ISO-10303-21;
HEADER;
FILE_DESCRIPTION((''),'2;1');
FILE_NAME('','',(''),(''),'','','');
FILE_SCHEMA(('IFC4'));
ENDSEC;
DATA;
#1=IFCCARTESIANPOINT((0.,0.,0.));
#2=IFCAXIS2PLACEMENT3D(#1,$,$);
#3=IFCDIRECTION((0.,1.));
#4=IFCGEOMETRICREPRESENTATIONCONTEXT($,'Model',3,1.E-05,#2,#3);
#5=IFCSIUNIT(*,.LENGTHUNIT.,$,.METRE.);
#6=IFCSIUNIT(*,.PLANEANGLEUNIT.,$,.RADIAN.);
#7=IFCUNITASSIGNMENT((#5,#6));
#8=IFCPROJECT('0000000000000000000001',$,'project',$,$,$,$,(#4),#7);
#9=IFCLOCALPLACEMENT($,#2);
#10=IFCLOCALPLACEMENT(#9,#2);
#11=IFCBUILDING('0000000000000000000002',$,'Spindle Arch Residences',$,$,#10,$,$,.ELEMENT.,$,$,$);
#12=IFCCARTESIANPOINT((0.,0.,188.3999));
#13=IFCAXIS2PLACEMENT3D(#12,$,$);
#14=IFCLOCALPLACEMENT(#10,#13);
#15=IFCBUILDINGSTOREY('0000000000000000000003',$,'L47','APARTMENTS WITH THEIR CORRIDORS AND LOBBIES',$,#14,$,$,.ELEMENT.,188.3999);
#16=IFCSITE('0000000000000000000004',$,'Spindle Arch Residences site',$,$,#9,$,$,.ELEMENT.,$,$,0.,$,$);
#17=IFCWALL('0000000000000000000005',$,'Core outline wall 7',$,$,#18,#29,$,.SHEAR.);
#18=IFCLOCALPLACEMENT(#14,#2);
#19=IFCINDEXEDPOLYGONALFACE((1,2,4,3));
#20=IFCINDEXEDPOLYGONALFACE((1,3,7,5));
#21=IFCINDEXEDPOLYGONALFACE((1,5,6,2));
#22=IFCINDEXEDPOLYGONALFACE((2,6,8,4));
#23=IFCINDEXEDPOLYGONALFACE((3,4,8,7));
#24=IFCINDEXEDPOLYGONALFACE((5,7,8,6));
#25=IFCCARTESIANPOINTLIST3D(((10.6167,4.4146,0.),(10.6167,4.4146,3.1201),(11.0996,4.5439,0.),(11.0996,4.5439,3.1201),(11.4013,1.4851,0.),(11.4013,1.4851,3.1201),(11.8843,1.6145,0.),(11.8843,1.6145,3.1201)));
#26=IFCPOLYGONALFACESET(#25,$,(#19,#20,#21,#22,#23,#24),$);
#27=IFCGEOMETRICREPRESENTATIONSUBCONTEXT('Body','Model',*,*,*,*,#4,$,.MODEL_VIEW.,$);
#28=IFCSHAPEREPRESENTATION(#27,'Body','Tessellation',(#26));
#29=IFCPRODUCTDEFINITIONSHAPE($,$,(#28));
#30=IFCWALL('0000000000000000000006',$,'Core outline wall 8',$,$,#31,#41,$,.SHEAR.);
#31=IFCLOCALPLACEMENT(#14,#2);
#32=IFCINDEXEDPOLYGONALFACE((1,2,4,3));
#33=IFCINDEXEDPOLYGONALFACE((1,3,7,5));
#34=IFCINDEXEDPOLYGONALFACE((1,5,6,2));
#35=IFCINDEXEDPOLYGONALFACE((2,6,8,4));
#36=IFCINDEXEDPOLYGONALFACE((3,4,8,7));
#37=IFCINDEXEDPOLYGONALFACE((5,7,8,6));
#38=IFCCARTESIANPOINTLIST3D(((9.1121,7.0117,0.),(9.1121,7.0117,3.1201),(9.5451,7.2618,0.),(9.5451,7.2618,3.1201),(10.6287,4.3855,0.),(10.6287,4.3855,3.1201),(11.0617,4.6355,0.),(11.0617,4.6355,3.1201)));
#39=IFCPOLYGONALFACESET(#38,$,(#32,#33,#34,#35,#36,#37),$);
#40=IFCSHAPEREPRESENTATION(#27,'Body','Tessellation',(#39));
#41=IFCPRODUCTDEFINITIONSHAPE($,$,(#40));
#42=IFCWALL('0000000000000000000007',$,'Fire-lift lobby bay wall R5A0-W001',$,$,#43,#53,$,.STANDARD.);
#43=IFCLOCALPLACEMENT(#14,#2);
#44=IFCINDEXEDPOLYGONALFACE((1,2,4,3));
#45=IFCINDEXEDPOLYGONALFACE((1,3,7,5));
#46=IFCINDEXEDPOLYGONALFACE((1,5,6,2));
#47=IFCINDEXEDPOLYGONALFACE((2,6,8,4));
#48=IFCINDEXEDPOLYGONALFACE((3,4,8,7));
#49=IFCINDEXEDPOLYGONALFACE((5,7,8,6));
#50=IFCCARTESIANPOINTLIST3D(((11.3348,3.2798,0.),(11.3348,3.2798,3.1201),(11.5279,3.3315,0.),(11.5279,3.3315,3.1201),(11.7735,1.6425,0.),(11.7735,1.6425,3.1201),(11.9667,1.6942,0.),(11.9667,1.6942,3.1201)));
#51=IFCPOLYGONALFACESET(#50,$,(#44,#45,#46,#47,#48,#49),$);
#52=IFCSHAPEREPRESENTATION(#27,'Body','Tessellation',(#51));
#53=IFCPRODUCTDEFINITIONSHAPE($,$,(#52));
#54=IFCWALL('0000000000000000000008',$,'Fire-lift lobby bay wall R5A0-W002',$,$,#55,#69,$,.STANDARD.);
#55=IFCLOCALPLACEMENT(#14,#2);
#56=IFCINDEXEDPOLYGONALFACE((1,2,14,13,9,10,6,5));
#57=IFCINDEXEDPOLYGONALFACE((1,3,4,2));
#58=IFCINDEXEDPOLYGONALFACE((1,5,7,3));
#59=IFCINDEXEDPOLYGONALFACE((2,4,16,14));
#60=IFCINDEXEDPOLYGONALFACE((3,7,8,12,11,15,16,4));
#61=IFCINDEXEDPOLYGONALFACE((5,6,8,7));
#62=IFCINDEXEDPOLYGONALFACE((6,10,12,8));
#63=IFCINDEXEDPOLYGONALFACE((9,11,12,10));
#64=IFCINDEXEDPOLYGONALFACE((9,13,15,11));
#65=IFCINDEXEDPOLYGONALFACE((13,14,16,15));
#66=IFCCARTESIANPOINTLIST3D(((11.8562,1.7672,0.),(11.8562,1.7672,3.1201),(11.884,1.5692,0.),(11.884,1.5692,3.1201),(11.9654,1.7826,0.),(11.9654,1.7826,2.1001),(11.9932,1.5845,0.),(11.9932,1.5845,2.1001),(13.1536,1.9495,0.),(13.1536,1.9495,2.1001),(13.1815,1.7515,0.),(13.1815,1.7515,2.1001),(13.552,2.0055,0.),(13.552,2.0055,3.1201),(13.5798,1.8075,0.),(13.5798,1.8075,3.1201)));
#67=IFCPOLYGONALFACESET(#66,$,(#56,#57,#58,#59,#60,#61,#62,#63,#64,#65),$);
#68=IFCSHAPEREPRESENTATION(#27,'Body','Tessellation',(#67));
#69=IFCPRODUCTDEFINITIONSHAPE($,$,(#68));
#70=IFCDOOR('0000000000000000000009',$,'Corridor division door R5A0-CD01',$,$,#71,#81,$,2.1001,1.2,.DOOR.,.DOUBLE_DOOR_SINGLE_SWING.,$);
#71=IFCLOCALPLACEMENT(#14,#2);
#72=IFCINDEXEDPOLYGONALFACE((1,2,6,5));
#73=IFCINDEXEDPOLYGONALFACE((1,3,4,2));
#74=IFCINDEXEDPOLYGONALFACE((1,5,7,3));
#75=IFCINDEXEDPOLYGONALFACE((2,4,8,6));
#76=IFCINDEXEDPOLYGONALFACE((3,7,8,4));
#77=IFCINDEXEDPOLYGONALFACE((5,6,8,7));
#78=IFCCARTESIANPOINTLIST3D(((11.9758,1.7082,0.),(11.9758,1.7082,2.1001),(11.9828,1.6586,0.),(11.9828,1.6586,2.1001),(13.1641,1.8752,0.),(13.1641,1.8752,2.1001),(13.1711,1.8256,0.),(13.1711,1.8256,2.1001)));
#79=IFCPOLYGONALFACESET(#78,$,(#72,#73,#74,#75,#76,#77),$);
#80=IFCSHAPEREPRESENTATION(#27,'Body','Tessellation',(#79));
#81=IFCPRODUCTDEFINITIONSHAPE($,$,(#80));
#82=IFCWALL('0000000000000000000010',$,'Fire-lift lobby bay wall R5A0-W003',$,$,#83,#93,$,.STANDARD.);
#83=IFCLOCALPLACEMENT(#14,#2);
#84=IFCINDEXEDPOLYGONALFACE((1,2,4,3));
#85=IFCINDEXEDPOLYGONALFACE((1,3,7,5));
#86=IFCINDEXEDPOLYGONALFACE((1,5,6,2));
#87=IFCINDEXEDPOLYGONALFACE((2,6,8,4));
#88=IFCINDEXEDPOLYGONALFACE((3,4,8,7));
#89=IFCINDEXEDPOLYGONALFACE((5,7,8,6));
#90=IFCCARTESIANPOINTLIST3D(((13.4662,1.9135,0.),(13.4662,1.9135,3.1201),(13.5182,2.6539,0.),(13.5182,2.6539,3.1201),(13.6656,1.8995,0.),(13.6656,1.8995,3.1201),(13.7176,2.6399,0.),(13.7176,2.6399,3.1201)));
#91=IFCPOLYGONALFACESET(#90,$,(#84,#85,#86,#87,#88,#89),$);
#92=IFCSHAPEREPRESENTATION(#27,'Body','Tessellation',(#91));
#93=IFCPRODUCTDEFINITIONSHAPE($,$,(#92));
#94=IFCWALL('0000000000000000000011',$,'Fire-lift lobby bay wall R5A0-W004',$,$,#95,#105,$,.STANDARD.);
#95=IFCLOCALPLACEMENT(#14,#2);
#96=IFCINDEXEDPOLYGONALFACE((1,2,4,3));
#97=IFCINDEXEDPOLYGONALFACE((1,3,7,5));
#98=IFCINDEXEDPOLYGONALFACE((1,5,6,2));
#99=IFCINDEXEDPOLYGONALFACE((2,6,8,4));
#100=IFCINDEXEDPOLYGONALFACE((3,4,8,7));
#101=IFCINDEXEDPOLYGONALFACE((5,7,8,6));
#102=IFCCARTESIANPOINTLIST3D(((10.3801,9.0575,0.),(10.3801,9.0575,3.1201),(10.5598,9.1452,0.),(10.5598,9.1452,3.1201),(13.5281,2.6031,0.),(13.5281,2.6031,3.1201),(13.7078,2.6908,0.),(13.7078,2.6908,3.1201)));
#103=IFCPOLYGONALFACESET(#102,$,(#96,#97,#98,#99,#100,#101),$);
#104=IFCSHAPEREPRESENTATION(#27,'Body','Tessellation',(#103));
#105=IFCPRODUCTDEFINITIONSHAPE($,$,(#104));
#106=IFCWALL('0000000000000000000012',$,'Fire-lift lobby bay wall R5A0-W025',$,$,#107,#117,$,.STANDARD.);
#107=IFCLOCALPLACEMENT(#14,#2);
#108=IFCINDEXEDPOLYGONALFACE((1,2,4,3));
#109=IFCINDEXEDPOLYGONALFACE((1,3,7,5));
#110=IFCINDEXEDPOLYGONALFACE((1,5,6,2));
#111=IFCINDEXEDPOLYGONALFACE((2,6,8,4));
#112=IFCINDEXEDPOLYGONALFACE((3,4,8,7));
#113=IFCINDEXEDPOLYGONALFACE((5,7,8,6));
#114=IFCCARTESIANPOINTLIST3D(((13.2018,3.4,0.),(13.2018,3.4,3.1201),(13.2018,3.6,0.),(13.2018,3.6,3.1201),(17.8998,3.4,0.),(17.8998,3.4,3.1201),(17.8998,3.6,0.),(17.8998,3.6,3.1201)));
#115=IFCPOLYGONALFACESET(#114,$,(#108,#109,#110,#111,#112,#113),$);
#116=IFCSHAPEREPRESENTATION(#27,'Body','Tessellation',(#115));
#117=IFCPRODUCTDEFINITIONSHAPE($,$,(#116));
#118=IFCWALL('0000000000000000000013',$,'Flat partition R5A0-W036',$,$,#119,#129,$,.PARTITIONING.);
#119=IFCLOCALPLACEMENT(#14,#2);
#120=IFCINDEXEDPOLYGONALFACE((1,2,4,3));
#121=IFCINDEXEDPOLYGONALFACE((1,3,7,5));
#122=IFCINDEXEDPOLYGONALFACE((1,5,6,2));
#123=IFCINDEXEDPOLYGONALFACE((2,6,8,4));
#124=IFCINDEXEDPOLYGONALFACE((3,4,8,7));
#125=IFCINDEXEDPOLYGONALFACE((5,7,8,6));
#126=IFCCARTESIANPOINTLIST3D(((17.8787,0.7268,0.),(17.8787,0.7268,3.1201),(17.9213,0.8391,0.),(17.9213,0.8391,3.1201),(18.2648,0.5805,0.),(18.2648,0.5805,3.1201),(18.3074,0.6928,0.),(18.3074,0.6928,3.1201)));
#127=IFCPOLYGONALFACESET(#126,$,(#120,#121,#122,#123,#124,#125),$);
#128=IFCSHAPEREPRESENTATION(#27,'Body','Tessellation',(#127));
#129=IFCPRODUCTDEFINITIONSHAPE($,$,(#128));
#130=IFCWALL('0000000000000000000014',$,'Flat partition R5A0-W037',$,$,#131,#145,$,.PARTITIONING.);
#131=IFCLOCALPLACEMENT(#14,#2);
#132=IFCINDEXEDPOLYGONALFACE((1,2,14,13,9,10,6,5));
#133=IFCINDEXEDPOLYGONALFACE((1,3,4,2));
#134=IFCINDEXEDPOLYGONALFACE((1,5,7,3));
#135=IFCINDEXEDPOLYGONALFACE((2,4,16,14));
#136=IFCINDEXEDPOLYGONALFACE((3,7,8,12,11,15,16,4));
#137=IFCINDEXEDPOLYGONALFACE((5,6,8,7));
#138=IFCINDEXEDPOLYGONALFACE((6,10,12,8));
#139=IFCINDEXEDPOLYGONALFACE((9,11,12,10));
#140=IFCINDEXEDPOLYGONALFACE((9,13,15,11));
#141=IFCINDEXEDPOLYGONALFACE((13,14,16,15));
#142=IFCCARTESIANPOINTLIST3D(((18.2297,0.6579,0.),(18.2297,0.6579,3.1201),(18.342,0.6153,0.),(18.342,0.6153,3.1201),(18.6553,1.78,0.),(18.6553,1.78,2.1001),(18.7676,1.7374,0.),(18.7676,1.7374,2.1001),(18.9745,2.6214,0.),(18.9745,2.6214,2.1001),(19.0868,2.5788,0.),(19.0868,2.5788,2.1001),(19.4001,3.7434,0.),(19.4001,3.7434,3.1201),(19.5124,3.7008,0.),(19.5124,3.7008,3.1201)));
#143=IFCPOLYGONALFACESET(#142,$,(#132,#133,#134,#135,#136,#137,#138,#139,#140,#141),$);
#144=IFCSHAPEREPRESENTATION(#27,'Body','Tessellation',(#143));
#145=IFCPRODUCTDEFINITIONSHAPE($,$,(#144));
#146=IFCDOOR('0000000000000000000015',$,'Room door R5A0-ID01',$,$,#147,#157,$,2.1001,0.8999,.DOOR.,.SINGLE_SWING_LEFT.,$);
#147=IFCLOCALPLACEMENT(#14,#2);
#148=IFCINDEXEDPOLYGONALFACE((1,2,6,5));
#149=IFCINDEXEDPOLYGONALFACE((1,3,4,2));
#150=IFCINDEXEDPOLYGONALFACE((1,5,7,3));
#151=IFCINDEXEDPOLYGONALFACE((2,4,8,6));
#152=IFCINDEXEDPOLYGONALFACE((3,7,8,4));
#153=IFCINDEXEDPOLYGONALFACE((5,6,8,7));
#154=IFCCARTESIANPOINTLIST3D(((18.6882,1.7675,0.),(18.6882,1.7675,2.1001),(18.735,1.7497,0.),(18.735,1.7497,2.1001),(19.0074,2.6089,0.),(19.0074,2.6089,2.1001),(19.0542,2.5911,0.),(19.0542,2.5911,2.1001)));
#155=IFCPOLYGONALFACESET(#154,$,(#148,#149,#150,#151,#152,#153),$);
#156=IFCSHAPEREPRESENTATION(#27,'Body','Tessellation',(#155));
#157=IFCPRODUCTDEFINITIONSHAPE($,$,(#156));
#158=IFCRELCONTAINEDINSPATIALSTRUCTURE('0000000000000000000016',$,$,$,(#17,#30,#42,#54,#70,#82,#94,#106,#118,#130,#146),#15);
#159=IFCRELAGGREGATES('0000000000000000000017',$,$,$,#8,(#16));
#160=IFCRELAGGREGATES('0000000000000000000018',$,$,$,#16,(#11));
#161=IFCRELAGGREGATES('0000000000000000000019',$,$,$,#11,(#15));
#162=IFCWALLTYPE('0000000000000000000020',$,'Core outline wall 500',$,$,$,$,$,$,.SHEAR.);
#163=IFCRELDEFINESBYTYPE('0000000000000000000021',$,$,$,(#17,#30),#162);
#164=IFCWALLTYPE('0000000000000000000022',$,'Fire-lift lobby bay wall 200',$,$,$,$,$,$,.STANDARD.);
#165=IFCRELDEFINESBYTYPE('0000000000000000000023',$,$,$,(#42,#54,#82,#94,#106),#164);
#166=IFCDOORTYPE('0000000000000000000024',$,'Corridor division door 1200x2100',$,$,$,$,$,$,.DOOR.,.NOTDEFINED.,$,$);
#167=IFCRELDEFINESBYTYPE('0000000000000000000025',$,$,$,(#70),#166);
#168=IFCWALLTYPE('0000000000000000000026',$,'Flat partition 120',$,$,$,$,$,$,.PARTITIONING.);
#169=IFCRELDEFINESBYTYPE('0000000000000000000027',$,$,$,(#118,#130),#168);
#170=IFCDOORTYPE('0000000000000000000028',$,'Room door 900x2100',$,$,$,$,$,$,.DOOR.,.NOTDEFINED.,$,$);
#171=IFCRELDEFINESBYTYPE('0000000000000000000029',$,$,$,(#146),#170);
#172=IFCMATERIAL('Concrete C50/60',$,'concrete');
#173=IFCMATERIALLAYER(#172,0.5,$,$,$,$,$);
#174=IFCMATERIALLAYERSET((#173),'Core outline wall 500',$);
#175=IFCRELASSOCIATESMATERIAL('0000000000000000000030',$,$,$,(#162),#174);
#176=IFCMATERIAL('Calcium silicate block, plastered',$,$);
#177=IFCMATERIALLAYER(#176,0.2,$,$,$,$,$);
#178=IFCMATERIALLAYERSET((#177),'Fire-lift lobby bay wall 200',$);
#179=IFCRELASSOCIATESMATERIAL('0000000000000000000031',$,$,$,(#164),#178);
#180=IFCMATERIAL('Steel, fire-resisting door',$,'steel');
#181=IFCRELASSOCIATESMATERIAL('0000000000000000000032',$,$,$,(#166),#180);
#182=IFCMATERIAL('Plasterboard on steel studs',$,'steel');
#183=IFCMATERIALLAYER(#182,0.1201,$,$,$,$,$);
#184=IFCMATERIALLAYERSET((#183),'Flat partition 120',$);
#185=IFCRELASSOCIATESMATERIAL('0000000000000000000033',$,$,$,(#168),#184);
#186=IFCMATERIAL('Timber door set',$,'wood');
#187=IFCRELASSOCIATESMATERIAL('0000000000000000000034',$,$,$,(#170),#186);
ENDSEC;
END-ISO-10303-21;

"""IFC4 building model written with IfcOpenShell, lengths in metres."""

from ifc_helpers import new_model, si_unit, direction, frame, frame_2d, origin, place, context, subcontext, project, spatial, rectangle, extrude, material, layer, layer_set, type_object, element, fill, save


model = new_model("IFC4")

# Units and contexts
model_context = context("Model", 3, precision=1e-05, world=origin(), true_north=direction((0.0, 1.0)))
body_context = subcontext(model_context, "Body", "Model", "MODEL_VIEW")
ifc_project = project(units=[si_unit("LENGTHUNIT", "METRE"), si_unit("PLANEANGLEUNIT", "RADIAN")], contexts=[model_context])

# Site, building, storey
site_placement = place(None, origin())
site = spatial("IfcSite", under=ifc_project, at=site_placement, Name="Spindle Arch Residences site", CompositionType="ELEMENT", RefElevation=0.0)
building_placement = place(site_placement, origin())
building = spatial("IfcBuilding", under=site, at=building_placement, Name="Spindle Arch Residences", CompositionType="ELEMENT")
storey_placement = place(building_placement, frame((0.0, 0.0, 188.3999)))
storey = spatial("IfcBuildingStorey", under=building, at=storey_placement, Name="L47", Description="APARTMENTS WITH THEIR CORRIDORS AND LOBBIES", CompositionType="ELEMENT", Elevation=188.3999)

# Walls
ifc_material_1 = material(Name="Concrete C50/60", Category="concrete")
ifc_layer_1 = layer(ifc_material_1, 0.5)
ifc_layer_set_1 = layer_set([ifc_layer_1], Name="Core outline wall 500")
wall_type_1 = type_object("IfcWallType", Name="Core outline wall 500", PredefinedType="SHEAR", material=ifc_layer_set_1)
for number, where, z_axis, x_axis, name in (
    (1, (11.6428, 1.5498, 0.0), (0.0, 0.0, 1.0), (-0.258735, 0.965948, 0.0), "Core outline wall 7"),
    (2, (10.8452, 4.5105, 0.0), (0.0, 0.0, 1.0), (-0.500087, 0.865975, 0.0), "Core outline wall 8"),
):
    element("IfcWall", number, at=place(storey_placement, frame(where, z_axis=z_axis, x_axis=x_axis)), inside=storey, type_object=wall_type_1, Name=name, PredefinedType="SHEAR", context=body_context, shape_type="SweptSolid", body=[
        extrude(rectangle(XDim=3.0327, YDim=0.5, at=frame_2d((1.5164, 0.0))), origin(), (0.0, 0.0, 1.0), 3.1201),
    ])
ifc_material_2 = material(Name="Calcium silicate block, plastered")
ifc_layer_2 = layer(ifc_material_2, 0.2)
ifc_layer_set_2 = layer_set([ifc_layer_2], Name="Fire-lift lobby bay wall 200")
wall_type_2 = type_object("IfcWallType", Name="Fire-lift lobby bay wall 200", PredefinedType="STANDARD", material=ifc_layer_set_2)
wall_1_placement = place(storey_placement, frame((11.8701, 1.6682, 0.0), z_axis=(0.0, 0.0, 1.0), x_axis=(-0.258837, 0.965921, 0.0)))
element("IfcWall", 3, at=wall_1_placement, inside=storey, type_object=wall_type_2, Name="Fire-lift lobby bay wall R5A0-W001", PredefinedType="STANDARD", context=body_context, shape_type="SweptSolid", body=[
    extrude(rectangle(XDim=1.6951, YDim=0.2, at=frame_2d((0.8477, 0.0))), origin(), (0.0, 0.0, 1.0), 3.1201),
])

# Wall, opening, door
wall_2_placement = place(storey_placement, frame((11.8701, 1.6682, 0.0), z_axis=(0.0, 0.0, 1.0), x_axis=(0.990272, 0.139146, 0.0)))
wall_2 = element("IfcWall", 4, at=wall_2_placement, inside=storey, type_object=wall_type_2, Name="Fire-lift lobby bay wall R5A0-W002", PredefinedType="STANDARD", context=body_context, shape_type="SweptSolid", body=[
    extrude(rectangle(XDim=1.7124, YDim=0.2, at=frame_2d((0.8562, 0.0))), origin(), (0.0, 0.0, 1.0), 3.1201),
])
opening_1_placement = place(wall_2_placement, frame((0.1101, 0.0, 0.0)))
opening_1 = element("IfcOpeningElement", 5, at=opening_1_placement, cuts=wall_2, PredefinedType="OPENING", context=body_context, shape_type="SweptSolid", body=[
    extrude(rectangle(XDim=1.2, YDim=2.1001, at=frame_2d((0.6001, 1.05))), frame((0.0, 0.1099, 0.0), z_axis=(0.0, -1.0, 0.0), x_axis=(1.0, 0.0, 0.0)), (0.0, 0.0, 1.0), 0.22),
])
ifc_material_3 = material(Name="Steel, fire-resisting door", Category="steel")
door_type_1 = type_object("IfcDoorType", Name="Corridor division door 1200x2100", OperationType="NOTDEFINED", PredefinedType="DOOR", material=ifc_material_3)
door_1_placement = place(opening_1_placement, origin())
door_1 = element("IfcDoor", 6, at=door_1_placement, inside=storey, type_object=door_type_1, Name="Corridor division door R5A0-CD01", OperationType="DOUBLE_DOOR_SINGLE_SWING", OverallHeight=2.1001, OverallWidth=1.2, PredefinedType="DOOR", context=body_context, shape_type="SweptSolid", body=[
    extrude(rectangle(XDim=1.2, YDim=2.1001, at=frame_2d((0.6001, 1.05))), frame((0.0, 0.0249, 0.0), z_axis=(0.0, -1.0, 0.0), x_axis=(1.0, 0.0, 0.0)), (0.0, 0.0, 1.0), 0.05),
])
fill(opening_1, door_1)

# Walls
wall_3_placement = place(storey_placement, frame((13.5659, 1.9065, 0.0), z_axis=(0.0, 0.0, 1.0), x_axis=(0.070055, 0.997543, 0.0)))
element("IfcWall", 7, at=wall_3_placement, inside=storey, type_object=wall_type_2, Name="Fire-lift lobby bay wall R5A0-W003", PredefinedType="STANDARD", context=body_context, shape_type="SweptSolid", body=[
    extrude(rectangle(XDim=0.7422, YDim=0.2, at=frame_2d((0.3711, 0.0))), origin(), (0.0, 0.0, 1.0), 3.1201),
])
wall_4_placement = place(storey_placement, frame((13.6179, 2.647, 0.0), z_axis=(0.0, 0.0, 1.0), x_axis=(-0.438366, 0.898797, 0.0)))
element("IfcWall", 8, at=wall_4_placement, inside=storey, type_object=wall_type_2, Name="Fire-lift lobby bay wall R5A0-W004", PredefinedType="STANDARD", context=body_context, shape_type="SweptSolid", body=[
    extrude(rectangle(XDim=7.1812, YDim=0.2, at=frame_2d((3.5906, 0.0))), origin(), (0.0, 0.0, 1.0), 3.1201),
])
wall_5_placement = place(storey_placement, frame((17.8999, 3.5, 0.0), z_axis=(0.0, 0.0, 1.0), x_axis=(-1.0, 0.0, 0.0)))
element("IfcWall", 9, at=wall_5_placement, inside=storey, type_object=wall_type_2, Name="Fire-lift lobby bay wall R5A0-W025", PredefinedType="STANDARD", context=body_context, shape_type="SweptSolid", body=[
    extrude(rectangle(XDim=4.698, YDim=0.2, at=frame_2d((2.3491, 0.0))), origin(), (0.0, 0.0, 1.0), 3.1201),
])
ifc_material_4 = material(Name="Plasterboard on steel studs", Category="steel")
ifc_layer_3 = layer(ifc_material_4, 0.1201)
ifc_layer_set_3 = layer_set([ifc_layer_3], Name="Flat partition 120")
wall_type_3 = type_object("IfcWallType", Name="Flat partition 120", PredefinedType="PARTITIONING", material=ifc_layer_set_3)
wall_6_placement = place(storey_placement, frame((17.8999, 0.783, 0.0), z_axis=(0.0, 0.0, 1.0), x_axis=(0.935133, -0.354298, 0.0)))
element("IfcWall", 10, at=wall_6_placement, inside=storey, type_object=wall_type_3, Name="Flat partition R5A0-W036", PredefinedType="PARTITIONING", context=body_context, shape_type="SweptSolid", body=[
    extrude(rectangle(XDim=0.4128, YDim=0.1201, at=frame_2d((0.2065, 0.0))), origin(), (0.0, 0.0, 1.0), 3.1201),
])

# Wall, opening, door
wall_7_placement = place(storey_placement, frame((18.2859, 0.6367, 0.0), z_axis=(0.0, 0.0, 1.0), x_axis=(0.354672, 0.934991, 0.0)))
wall_7 = element("IfcWall", 11, at=wall_7_placement, inside=storey, type_object=wall_type_3, Name="Flat partition R5A0-W037", PredefinedType="PARTITIONING", context=body_context, shape_type="SweptSolid", body=[
    extrude(rectangle(XDim=3.3, YDim=0.1201, at=frame_2d((1.6499, 0.0))), origin(), (0.0, 0.0, 1.0), 3.1201),
])
opening_2_placement = place(wall_7_placement, frame((1.2, 0.0, 0.0)))
opening_2 = element("IfcOpeningElement", 12, at=opening_2_placement, cuts=wall_7, PredefinedType="OPENING", context=body_context, shape_type="SweptSolid", body=[
    extrude(rectangle(XDim=0.8999, YDim=2.1001, at=frame_2d((0.45, 1.05))), frame((0.0, 0.0701, 0.0), z_axis=(0.0, -1.0, 0.0), x_axis=(1.0, 0.0, 0.0)), (0.0, 0.0, 1.0), 0.1401),
])
ifc_material_5 = material(Name="Timber door set", Category="wood")
door_type_2 = type_object("IfcDoorType", Name="Room door 900x2100", OperationType="NOTDEFINED", PredefinedType="DOOR", material=ifc_material_5)
door_2_placement = place(opening_2_placement, origin())
door_2 = element("IfcDoor", 13, at=door_2_placement, inside=storey, type_object=door_type_2, Name="Room door R5A0-ID01", OperationType="SINGLE_SWING_LEFT", OverallHeight=2.1001, OverallWidth=0.8999, PredefinedType="DOOR", context=body_context, shape_type="SweptSolid", body=[
    extrude(rectangle(XDim=0.8999, YDim=2.1001, at=frame_2d((0.45, 1.05))), frame((0.0, 0.0249, 0.0), z_axis=(0.0, -1.0, 0.0), x_axis=(1.0, 0.0, 0.0)), (0.0, 0.0, 1.0), 0.05),
])
fill(opening_2, door_2)

save(model, "model.ifc")
